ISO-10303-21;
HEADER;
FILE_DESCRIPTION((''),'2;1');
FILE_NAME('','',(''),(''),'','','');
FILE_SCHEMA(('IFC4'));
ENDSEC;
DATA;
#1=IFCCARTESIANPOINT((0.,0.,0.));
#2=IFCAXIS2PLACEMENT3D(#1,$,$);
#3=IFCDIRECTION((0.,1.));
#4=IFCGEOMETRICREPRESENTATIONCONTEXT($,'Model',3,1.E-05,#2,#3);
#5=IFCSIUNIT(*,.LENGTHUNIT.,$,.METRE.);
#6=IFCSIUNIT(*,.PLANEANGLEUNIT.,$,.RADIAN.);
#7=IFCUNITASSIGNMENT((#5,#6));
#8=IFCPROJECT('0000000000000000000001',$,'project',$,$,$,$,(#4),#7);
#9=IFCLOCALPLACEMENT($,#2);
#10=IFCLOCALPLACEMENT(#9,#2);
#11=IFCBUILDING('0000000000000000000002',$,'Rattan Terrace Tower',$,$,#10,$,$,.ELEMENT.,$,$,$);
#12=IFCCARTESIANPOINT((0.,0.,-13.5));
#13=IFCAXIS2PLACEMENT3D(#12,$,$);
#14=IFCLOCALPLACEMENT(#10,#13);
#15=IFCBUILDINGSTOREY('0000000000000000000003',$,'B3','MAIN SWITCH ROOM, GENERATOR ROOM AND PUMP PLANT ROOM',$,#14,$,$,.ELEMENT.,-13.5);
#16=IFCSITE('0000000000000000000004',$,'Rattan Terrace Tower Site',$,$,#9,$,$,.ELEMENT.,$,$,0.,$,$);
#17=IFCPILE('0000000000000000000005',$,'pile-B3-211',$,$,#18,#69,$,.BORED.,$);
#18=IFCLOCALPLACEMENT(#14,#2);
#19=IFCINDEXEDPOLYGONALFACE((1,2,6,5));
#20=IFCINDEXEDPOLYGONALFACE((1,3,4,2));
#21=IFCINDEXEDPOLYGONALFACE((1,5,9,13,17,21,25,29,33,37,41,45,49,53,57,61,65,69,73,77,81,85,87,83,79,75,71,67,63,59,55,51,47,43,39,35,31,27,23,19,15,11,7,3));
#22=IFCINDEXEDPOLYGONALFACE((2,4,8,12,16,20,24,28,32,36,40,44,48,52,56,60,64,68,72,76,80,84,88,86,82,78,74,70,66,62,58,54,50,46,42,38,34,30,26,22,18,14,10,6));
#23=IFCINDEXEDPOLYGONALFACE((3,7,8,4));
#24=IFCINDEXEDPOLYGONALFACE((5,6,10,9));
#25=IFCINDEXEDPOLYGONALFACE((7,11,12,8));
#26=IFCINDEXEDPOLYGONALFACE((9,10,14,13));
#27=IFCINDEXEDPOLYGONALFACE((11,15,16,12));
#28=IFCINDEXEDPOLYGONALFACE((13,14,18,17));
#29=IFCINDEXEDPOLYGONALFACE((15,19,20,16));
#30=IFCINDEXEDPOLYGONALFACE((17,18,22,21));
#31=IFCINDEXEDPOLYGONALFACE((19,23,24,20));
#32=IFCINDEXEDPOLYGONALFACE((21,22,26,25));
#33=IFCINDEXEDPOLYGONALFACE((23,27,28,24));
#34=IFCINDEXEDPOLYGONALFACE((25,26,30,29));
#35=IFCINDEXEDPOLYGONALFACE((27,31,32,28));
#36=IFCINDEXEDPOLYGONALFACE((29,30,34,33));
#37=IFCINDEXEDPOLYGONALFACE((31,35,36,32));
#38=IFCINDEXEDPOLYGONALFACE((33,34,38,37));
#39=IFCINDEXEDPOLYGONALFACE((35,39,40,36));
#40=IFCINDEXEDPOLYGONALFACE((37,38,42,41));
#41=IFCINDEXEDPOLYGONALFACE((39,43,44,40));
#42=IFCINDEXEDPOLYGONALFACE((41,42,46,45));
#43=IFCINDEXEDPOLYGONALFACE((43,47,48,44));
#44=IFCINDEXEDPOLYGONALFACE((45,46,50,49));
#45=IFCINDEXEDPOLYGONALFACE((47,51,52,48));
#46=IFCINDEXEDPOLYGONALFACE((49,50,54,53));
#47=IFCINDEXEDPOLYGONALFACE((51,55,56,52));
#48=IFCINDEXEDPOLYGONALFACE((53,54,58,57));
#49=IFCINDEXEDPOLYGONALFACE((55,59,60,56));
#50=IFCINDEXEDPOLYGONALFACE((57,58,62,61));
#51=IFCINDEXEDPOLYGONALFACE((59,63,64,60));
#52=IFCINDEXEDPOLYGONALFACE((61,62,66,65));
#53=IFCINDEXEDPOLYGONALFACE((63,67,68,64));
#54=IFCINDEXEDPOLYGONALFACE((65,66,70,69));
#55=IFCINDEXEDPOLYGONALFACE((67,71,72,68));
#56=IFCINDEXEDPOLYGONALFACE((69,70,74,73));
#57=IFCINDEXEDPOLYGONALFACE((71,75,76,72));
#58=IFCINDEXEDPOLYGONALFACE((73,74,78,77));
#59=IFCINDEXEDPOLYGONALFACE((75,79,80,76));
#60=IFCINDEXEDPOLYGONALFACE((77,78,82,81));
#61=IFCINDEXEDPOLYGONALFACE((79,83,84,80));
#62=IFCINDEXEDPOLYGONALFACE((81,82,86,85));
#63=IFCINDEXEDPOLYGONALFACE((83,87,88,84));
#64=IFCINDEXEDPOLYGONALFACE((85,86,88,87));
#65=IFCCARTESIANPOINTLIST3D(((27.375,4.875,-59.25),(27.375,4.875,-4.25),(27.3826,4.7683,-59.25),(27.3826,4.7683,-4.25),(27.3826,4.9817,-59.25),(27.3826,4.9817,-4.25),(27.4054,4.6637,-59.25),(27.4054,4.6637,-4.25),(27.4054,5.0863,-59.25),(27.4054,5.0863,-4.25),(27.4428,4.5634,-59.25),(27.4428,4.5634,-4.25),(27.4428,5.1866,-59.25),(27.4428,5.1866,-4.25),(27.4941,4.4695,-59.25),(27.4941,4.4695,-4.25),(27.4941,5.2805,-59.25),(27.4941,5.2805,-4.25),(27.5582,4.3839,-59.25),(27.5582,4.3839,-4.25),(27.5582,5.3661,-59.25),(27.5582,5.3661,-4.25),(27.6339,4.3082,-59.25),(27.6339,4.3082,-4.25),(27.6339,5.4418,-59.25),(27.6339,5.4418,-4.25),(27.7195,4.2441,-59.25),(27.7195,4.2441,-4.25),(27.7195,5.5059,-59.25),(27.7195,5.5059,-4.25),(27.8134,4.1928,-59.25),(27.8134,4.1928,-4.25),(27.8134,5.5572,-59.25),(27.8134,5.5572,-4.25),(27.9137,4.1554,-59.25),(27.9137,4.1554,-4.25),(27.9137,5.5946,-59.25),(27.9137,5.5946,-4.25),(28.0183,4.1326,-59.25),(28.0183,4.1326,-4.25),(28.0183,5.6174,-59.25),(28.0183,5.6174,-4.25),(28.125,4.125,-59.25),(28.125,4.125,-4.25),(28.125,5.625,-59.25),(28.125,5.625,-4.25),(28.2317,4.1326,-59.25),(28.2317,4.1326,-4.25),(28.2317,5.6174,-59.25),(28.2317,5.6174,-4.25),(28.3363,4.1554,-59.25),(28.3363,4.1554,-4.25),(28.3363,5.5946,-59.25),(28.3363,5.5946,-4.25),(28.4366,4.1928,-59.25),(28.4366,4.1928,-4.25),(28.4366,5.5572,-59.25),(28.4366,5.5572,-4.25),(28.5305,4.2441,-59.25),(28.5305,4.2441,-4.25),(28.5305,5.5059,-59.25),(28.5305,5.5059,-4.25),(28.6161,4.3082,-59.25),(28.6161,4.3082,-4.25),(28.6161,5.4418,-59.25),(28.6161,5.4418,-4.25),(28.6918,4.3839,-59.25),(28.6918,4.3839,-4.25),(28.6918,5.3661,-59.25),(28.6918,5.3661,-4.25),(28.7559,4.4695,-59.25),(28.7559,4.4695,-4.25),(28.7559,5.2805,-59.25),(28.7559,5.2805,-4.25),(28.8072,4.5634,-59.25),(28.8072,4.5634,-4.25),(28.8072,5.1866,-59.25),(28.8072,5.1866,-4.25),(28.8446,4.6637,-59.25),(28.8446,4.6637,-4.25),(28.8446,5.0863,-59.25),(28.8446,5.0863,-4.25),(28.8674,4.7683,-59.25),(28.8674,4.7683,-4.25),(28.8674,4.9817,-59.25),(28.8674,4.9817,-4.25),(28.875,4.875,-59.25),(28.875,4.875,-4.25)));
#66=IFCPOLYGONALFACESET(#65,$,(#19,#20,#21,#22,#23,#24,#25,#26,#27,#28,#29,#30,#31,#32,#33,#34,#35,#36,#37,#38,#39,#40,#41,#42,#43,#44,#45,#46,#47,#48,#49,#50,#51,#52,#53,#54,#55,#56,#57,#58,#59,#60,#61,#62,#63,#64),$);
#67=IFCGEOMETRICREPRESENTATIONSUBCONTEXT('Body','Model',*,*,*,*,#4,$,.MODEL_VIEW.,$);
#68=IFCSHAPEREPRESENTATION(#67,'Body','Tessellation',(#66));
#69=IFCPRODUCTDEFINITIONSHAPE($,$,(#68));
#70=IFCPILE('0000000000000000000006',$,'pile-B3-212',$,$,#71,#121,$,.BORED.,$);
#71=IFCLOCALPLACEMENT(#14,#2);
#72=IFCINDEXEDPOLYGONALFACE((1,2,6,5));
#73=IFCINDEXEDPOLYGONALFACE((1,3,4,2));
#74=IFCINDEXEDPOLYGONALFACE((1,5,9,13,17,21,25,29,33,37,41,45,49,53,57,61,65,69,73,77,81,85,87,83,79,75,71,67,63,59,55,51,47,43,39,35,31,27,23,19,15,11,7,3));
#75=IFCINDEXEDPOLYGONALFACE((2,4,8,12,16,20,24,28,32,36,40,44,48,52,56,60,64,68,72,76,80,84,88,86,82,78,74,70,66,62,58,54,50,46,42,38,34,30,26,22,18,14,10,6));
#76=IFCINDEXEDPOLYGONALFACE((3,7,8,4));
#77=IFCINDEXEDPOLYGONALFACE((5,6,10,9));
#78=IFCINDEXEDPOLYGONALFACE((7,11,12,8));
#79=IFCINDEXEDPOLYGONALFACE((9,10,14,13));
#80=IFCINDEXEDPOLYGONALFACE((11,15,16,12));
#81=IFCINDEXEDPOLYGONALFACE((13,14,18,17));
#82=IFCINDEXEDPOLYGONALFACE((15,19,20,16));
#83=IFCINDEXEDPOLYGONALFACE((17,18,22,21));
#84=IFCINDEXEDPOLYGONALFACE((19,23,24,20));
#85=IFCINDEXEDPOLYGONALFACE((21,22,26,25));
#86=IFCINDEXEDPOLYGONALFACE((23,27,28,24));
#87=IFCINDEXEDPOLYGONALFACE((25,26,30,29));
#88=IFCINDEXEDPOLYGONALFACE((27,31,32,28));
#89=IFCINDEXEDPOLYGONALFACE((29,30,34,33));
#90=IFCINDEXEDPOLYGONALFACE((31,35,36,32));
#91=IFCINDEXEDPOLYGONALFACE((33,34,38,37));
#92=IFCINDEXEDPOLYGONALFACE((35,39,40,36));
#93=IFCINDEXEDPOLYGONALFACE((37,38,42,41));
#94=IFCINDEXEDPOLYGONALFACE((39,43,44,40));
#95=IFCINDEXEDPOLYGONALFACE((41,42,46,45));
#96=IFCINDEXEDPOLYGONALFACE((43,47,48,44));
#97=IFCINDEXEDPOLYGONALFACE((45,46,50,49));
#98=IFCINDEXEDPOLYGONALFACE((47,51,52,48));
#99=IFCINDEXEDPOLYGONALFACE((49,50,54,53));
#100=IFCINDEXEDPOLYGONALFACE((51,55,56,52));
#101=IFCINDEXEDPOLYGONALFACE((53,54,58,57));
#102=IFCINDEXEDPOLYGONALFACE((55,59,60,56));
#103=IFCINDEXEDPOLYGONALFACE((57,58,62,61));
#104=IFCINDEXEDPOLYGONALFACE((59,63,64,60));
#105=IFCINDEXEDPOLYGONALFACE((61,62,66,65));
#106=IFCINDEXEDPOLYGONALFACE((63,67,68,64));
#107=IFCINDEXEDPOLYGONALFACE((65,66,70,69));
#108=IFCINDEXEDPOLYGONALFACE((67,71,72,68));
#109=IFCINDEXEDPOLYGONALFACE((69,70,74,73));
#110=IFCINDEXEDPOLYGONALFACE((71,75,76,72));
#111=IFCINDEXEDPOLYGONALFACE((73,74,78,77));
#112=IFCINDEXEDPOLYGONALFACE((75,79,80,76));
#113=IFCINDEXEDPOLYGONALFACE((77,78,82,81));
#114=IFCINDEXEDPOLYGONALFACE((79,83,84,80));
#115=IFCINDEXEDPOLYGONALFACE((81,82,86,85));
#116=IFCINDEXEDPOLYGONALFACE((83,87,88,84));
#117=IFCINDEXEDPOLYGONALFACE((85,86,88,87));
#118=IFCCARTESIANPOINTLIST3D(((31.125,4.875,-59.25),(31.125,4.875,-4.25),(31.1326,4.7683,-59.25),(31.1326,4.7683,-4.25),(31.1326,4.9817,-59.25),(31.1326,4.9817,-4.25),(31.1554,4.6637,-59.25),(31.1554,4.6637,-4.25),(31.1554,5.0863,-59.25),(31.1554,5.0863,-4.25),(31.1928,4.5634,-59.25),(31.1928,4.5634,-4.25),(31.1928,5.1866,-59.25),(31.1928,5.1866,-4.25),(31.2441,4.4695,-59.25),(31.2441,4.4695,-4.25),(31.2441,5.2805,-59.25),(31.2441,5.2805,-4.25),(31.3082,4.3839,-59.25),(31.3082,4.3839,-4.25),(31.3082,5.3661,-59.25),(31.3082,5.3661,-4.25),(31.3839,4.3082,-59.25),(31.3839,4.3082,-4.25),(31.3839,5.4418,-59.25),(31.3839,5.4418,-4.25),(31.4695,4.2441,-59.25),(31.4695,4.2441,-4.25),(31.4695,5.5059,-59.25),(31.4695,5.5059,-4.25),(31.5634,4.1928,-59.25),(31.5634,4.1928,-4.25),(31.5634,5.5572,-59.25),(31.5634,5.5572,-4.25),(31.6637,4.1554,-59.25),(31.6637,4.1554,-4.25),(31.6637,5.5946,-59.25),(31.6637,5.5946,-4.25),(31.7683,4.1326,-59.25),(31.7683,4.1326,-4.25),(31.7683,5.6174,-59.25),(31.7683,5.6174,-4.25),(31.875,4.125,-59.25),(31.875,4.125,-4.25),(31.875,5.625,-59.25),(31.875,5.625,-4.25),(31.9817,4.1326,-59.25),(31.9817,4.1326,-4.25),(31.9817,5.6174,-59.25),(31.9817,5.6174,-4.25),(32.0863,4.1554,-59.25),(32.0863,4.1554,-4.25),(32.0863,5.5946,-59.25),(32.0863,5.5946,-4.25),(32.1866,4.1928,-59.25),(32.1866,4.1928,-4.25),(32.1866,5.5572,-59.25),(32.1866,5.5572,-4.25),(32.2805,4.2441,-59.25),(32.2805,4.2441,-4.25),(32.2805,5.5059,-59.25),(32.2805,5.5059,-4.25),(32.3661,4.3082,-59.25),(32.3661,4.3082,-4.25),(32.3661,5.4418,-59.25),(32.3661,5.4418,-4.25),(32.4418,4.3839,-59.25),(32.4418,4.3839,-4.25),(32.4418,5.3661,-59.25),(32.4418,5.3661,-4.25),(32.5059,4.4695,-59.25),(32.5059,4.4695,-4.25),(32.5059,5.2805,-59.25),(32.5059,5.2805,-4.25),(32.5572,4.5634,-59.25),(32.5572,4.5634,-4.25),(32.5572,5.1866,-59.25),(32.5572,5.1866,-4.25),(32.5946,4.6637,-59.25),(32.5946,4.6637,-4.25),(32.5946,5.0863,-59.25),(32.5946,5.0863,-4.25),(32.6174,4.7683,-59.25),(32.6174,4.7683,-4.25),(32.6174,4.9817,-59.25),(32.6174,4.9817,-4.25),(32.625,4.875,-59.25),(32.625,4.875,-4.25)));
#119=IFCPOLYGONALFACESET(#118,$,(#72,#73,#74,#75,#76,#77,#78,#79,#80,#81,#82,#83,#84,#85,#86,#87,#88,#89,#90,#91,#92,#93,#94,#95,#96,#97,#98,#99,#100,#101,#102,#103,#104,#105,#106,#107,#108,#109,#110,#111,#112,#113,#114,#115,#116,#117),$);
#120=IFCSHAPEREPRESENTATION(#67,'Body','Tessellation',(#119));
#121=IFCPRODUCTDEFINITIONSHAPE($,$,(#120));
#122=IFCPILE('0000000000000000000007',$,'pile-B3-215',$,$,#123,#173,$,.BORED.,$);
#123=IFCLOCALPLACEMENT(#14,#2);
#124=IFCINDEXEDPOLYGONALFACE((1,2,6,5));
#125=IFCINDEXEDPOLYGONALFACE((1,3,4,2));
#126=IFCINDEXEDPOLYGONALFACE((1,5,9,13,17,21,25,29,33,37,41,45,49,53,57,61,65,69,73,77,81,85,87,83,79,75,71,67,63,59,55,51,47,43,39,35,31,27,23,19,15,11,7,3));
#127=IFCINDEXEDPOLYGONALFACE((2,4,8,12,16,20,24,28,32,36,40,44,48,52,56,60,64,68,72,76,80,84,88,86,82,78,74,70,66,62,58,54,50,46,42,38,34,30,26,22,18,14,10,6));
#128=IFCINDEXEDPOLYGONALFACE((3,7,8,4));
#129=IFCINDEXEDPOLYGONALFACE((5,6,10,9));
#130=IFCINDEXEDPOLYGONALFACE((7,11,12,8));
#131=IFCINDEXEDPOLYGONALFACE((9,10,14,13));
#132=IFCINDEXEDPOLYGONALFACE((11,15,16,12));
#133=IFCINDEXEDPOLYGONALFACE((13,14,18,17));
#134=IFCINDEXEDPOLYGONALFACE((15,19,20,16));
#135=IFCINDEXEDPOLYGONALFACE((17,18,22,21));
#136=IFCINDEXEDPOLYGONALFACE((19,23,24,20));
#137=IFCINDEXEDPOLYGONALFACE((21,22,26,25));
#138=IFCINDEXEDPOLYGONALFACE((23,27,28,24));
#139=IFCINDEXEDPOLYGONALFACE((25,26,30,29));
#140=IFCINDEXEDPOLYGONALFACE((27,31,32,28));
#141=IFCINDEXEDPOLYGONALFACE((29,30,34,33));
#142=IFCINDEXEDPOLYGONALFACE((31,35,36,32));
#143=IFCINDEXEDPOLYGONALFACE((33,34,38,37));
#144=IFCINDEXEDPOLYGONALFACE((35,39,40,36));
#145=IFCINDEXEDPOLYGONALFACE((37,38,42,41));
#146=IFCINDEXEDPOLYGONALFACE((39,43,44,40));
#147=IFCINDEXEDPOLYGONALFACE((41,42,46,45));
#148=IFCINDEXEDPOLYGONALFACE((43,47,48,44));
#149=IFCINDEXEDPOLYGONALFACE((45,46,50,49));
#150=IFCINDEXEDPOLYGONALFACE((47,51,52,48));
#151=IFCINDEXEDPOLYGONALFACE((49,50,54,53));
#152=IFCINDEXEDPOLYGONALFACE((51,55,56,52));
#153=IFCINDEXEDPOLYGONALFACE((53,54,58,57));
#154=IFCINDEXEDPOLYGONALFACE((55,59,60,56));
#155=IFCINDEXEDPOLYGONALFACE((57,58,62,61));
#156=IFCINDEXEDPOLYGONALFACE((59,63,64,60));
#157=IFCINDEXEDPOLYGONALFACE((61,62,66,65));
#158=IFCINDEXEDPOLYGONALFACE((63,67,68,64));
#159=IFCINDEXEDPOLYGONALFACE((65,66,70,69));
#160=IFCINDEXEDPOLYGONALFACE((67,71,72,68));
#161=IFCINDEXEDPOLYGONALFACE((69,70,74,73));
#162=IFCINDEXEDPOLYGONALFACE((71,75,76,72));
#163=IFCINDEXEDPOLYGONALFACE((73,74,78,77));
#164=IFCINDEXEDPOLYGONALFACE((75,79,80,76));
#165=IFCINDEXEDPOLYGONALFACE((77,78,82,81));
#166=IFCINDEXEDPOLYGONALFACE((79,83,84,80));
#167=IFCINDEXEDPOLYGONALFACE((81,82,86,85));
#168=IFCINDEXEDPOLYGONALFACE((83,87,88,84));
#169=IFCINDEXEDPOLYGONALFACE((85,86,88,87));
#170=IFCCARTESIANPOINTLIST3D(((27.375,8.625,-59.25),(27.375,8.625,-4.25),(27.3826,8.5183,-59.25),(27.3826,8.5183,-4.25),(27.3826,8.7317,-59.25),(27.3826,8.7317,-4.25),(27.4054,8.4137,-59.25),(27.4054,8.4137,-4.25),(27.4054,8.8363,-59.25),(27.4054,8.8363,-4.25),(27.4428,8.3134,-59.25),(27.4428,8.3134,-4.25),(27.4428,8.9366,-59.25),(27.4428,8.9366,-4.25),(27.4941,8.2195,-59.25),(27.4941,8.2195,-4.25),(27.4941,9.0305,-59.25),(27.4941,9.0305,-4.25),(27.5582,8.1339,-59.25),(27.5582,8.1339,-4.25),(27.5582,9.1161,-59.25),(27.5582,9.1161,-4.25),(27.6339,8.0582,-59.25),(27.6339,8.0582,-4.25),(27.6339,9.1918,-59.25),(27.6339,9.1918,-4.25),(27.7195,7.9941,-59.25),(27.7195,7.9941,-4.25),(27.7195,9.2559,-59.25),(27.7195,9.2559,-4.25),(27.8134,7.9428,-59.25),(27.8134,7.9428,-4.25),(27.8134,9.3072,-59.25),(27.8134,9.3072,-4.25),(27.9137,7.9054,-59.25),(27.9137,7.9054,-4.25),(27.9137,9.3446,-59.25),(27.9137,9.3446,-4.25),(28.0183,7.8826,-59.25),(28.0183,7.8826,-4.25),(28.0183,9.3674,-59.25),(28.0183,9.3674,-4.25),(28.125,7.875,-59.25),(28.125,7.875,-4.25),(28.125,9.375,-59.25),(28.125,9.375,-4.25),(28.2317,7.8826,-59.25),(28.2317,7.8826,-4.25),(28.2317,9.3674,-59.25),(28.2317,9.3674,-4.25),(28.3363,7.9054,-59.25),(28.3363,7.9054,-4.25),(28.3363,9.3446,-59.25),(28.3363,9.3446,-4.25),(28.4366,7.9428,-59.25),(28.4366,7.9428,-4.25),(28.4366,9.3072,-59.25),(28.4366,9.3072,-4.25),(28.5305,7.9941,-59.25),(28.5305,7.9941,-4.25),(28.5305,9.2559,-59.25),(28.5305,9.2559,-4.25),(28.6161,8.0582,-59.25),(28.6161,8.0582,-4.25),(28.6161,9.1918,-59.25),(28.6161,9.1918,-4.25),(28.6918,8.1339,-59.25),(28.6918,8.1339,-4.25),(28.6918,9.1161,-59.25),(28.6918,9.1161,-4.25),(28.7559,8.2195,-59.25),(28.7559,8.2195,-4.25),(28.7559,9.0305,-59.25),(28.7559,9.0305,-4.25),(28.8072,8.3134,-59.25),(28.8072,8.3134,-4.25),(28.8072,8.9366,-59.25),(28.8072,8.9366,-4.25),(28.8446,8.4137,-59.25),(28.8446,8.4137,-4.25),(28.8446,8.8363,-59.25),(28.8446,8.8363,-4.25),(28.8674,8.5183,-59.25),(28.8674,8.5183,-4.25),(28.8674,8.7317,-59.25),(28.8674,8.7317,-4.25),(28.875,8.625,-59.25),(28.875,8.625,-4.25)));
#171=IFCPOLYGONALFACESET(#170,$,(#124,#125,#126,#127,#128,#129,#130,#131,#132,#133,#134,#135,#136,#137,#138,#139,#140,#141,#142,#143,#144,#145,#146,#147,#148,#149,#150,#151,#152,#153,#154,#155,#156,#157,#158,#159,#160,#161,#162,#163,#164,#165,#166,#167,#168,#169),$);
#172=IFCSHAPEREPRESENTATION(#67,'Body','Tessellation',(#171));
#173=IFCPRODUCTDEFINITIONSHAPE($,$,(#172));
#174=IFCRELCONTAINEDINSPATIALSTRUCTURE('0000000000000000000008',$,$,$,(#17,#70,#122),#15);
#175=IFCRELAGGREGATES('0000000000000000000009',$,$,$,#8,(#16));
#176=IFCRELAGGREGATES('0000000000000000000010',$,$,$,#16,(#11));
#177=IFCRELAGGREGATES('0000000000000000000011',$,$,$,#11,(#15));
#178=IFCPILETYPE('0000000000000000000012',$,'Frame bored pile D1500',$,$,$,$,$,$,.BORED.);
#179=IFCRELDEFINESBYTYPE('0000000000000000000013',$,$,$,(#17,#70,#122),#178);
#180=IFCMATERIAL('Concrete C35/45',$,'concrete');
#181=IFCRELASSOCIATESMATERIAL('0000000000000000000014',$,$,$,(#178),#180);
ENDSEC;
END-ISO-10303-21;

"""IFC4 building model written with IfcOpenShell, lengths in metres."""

from ifc_helpers import new_model, si_unit, direction, frame, origin, origin_2d, place, context, subcontext, project, spatial, circle, extrude, material, material_profile, profile_set, type_object, element, save


model = new_model("IFC4")

# Units and contexts
model_context = context("Model", 3, precision=1e-05, world=origin(), true_north=direction((0.0, 1.0)))
body_context = subcontext(model_context, "Body", "Model", "MODEL_VIEW")
ifc_project = project(units=[si_unit("LENGTHUNIT", "METRE"), si_unit("PLANEANGLEUNIT", "RADIAN")], contexts=[model_context])

# Site, building, storey
site_placement = place(None, origin())
site = spatial("IfcSite", under=ifc_project, at=site_placement, Name="Rattan Terrace Tower Site", CompositionType="ELEMENT", RefElevation=0.0)
building_placement = place(site_placement, origin())
building = spatial("IfcBuilding", under=site, at=building_placement, Name="Rattan Terrace Tower", CompositionType="ELEMENT")
storey_placement = place(building_placement, frame((0.0, 0.0, -13.5)))
storey = spatial("IfcBuildingStorey", under=building, at=storey_placement, Name="B3", Description="MAIN SWITCH ROOM, GENERATOR ROOM AND PUMP PLANT ROOM", CompositionType="ELEMENT", Elevation=-13.5)

# Piles
ifc_material_1 = material(Name="Concrete C35/45", Category="concrete")
ifc_material_profile_1 = material_profile(ifc_material_1, circle(Radius=0.75, at=origin_2d()), Name="PILE D1500")
ifc_profile_set_1 = profile_set([ifc_material_profile_1], Name="Concrete C35/45")
pile_type = type_object("IfcPileType", Name="Frame bored pile D1500", PredefinedType="BORED", material=ifc_profile_set_1)
for number, where, z_axis, x_axis, name in (
    (1, (28.125, 4.875, -4.25), (0.0, 0.0, -1.0), (1.0, 0.0, 0.0), "pile-B3-211"),
    (2, (31.875, 4.875, -4.25), (0.0, 0.0, -1.0), (1.0, 0.0, 0.0), "pile-B3-212"),
    (3, (28.125, 8.625, -4.25), (0.0, 0.0, -1.0), (1.0, 0.0, 0.0), "pile-B3-215"),
):
    element("IfcPile", number, at=place(storey_placement, frame(where, z_axis=z_axis, x_axis=x_axis)), inside=storey, type_object=pile_type, Name=name, PredefinedType="BORED", context=body_context, shape_type="SweptSolid", body=[
        extrude(circle(Radius=0.75, at=origin_2d()), origin(), (0.0, 0.0, 1.0), 55.0),
    ])

save(model, "model.ifc")
